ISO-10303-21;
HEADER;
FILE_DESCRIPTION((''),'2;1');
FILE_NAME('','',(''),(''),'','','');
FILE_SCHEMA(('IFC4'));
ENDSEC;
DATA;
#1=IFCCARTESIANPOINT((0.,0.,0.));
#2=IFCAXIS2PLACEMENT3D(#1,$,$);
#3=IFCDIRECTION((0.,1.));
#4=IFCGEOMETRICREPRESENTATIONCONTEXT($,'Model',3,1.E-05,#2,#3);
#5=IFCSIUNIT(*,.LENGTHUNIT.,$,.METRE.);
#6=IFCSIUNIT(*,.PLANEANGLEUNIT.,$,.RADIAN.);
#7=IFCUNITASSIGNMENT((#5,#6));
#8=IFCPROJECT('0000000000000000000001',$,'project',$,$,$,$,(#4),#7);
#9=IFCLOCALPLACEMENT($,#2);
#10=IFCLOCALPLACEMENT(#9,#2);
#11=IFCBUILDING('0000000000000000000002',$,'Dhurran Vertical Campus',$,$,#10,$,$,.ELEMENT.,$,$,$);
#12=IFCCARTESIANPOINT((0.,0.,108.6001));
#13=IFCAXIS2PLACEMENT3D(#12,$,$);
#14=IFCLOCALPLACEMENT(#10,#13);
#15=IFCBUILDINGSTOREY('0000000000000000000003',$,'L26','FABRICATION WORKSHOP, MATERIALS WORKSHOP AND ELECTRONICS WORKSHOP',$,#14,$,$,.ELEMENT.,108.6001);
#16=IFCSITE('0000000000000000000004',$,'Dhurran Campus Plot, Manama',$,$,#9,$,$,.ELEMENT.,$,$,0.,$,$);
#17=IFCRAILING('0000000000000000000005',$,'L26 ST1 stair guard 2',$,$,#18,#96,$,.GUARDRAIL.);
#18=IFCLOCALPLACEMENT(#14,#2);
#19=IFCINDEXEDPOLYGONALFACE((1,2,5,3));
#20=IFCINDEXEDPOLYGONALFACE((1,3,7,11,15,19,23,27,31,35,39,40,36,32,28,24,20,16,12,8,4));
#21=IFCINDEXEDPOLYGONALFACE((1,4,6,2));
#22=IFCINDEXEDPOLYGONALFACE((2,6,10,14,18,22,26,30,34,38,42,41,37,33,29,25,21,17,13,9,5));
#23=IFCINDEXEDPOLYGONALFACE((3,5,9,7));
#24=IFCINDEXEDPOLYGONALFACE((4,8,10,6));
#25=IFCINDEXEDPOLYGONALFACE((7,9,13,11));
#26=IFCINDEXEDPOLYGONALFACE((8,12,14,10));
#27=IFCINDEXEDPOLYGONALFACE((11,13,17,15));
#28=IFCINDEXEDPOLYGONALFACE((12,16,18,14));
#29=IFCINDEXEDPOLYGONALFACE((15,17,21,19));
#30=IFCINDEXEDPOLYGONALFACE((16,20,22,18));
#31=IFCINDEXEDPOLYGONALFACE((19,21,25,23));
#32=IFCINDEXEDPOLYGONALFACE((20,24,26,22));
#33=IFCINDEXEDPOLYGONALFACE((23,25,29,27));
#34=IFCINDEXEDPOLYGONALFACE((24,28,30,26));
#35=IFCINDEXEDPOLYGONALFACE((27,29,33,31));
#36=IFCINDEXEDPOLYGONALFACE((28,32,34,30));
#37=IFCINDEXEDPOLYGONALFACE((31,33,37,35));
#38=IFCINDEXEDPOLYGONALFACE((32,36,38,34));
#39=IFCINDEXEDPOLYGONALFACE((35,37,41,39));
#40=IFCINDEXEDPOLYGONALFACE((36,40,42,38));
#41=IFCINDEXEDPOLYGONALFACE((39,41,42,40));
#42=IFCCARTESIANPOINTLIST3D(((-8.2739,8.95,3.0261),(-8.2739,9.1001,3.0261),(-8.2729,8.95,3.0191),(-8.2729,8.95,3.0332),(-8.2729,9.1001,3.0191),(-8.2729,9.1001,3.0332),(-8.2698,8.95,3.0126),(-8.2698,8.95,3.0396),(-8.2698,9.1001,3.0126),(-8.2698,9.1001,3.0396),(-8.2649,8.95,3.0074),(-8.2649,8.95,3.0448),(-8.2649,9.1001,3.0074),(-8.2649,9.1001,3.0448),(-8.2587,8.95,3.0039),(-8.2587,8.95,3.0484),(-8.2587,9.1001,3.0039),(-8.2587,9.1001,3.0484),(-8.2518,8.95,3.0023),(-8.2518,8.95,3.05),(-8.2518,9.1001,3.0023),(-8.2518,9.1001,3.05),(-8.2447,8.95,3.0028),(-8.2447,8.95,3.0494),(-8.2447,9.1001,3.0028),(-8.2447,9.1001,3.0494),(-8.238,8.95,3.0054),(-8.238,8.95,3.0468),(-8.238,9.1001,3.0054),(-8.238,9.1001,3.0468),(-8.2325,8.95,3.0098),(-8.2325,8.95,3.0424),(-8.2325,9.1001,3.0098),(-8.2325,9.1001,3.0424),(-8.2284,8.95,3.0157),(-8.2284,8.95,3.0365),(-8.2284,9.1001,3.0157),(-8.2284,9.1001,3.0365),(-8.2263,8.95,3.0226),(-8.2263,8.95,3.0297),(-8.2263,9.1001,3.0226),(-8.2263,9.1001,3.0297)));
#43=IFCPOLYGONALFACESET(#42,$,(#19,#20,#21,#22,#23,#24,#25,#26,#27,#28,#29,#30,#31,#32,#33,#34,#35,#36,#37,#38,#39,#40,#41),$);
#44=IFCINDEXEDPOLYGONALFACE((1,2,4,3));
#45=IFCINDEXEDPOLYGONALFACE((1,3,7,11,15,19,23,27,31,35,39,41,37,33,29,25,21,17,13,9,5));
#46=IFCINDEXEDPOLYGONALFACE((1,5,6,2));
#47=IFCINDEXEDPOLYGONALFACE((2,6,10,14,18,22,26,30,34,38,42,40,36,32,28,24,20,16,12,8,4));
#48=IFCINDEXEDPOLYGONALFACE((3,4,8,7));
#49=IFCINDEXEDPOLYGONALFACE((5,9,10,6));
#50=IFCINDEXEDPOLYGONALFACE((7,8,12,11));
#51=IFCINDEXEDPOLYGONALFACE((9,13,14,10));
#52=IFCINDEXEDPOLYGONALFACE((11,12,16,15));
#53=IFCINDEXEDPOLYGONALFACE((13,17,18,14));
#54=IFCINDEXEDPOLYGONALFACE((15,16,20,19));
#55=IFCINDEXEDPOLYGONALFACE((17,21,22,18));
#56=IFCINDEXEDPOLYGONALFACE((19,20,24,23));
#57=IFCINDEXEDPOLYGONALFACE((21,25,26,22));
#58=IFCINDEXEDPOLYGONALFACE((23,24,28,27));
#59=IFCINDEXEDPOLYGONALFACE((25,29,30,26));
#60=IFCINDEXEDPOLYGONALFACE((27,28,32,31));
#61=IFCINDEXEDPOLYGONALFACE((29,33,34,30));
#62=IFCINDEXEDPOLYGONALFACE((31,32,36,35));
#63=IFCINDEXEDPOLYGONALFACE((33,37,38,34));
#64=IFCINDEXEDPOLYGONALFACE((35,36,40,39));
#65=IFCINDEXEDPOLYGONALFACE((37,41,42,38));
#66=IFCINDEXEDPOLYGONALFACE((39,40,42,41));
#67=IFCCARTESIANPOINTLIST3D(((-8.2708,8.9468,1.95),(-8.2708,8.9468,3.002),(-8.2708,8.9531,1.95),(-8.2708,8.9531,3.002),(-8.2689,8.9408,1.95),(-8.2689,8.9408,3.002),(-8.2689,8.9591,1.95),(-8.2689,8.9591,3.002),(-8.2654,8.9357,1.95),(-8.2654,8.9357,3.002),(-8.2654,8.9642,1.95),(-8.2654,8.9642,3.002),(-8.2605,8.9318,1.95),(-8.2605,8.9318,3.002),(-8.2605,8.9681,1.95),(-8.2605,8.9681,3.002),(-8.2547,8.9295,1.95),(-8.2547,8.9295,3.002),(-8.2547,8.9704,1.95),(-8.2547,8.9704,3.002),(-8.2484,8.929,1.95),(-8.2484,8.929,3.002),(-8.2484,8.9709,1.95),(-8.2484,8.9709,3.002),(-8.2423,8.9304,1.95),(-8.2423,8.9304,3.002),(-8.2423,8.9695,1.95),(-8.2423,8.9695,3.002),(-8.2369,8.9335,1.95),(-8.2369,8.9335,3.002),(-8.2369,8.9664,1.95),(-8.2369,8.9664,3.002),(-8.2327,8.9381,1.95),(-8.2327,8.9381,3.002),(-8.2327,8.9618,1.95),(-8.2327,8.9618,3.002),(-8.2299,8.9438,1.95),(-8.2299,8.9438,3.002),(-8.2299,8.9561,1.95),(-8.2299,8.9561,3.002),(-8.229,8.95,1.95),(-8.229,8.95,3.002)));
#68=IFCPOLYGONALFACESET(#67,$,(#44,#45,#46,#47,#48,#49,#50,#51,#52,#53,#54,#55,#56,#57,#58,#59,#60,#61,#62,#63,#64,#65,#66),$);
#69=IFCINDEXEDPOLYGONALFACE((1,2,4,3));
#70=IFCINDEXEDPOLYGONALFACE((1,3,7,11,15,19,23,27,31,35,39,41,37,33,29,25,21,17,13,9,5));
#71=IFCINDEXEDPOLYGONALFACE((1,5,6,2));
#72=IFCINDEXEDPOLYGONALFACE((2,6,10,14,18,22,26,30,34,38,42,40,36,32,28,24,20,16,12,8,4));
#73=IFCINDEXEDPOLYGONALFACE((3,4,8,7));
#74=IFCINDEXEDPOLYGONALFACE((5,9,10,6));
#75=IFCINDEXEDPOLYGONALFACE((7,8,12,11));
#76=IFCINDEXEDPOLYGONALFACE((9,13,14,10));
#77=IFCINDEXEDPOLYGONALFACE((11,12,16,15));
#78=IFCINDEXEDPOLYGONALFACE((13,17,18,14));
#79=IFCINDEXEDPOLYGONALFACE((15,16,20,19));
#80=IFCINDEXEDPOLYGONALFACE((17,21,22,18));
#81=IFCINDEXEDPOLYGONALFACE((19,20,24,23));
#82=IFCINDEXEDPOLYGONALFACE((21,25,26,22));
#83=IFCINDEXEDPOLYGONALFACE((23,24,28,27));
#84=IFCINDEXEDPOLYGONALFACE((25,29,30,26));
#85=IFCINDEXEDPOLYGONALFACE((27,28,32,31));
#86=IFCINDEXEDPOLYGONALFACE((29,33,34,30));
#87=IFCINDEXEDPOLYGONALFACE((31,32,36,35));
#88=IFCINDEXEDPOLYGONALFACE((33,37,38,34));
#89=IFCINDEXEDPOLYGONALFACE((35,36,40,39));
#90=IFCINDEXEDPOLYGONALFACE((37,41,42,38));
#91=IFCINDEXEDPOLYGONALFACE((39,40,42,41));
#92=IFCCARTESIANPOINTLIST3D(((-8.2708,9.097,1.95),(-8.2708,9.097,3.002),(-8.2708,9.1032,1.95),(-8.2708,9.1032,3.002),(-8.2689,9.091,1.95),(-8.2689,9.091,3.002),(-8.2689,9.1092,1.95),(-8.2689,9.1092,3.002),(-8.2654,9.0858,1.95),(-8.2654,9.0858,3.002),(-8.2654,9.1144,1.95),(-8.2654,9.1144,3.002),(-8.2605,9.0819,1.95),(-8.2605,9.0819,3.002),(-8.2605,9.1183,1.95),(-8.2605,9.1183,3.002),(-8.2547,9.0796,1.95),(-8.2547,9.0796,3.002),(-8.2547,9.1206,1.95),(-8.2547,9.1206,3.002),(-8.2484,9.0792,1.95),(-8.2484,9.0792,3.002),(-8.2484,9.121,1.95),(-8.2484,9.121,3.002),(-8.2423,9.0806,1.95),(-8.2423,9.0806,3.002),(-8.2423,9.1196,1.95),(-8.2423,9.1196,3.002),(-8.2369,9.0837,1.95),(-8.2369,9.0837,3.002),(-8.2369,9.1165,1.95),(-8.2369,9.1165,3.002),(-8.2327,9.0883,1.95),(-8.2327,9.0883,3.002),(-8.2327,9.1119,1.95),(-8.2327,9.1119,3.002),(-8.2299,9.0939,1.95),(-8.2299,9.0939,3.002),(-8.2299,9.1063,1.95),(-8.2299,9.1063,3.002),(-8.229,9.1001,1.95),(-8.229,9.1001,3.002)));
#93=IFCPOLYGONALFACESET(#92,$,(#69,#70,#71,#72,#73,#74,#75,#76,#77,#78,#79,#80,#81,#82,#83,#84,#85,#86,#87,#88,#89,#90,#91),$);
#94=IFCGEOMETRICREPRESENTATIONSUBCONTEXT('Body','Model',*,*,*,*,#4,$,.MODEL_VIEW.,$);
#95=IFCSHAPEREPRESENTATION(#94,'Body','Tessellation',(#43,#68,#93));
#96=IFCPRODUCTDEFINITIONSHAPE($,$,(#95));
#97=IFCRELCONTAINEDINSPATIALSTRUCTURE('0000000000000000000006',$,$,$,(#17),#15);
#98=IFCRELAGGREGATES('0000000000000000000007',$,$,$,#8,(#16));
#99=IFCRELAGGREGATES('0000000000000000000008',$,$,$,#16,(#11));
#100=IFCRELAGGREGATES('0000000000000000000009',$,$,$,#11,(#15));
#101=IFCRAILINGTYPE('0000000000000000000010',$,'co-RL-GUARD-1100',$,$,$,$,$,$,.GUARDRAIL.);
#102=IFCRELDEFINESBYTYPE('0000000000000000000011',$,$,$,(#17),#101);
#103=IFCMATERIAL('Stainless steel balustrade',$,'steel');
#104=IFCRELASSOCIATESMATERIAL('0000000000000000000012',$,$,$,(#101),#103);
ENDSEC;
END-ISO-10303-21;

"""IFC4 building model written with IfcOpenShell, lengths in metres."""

from ifc_helpers import new_model, si_unit, direction, frame, origin, origin_2d, place, context, subcontext, project, spatial, circle, extrude, material, type_object, element, save


model = new_model("IFC4")

# Units and contexts
model_context = context("Model", 3, precision=1e-05, world=origin(), true_north=direction((0.0, 1.0)))
body_context = subcontext(model_context, "Body", "Model", "MODEL_VIEW")
ifc_project = project(units=[si_unit("LENGTHUNIT", "METRE"), si_unit("PLANEANGLEUNIT", "RADIAN")], contexts=[model_context])

# Site, building, storey
site_placement = place(None, origin())
site = spatial("IfcSite", under=ifc_project, at=site_placement, Name="Dhurran Campus Plot, Manama", CompositionType="ELEMENT", RefElevation=0.0)
building_placement = place(site_placement, origin())
building = spatial("IfcBuilding", under=site, at=building_placement, Name="Dhurran Vertical Campus", CompositionType="ELEMENT")
storey_placement = place(building_placement, frame((0.0, 0.0, 108.6001)))
storey = spatial("IfcBuildingStorey", under=building, at=storey_placement, Name="L26", Description="FABRICATION WORKSHOP, MATERIALS WORKSHOP AND ELECTRONICS WORKSHOP", CompositionType="ELEMENT", Elevation=108.6001)

# Railing
ifc_material_1 = material(Name="Stainless steel balustrade", Category="steel")
railing_type_1 = type_object("IfcRailingType", Name="co-RL-GUARD-1100", PredefinedType="GUARDRAIL", material=ifc_material_1)
railing_1_placement = place(storey_placement, frame((-8.25, 8.95, 1.95)))
element("IfcRailing", 1, at=railing_1_placement, inside=storey, type_object=railing_type_1, Name="L26 ST1 stair guard 2", PredefinedType="GUARDRAIL", context=body_context, shape_type="SweptSolid", body=[
    extrude(circle(Radius=0.0239, at=origin_2d()), frame((0.0, 0.0, 1.0762), z_axis=(0.0, 1.0, 0.0), x_axis=(-1.0, 0.0, 0.0)), (0.0, 0.0, 1.0), 0.1501),
    extrude(circle(Radius=0.021, at=origin_2d()), origin(), (0.0, 0.0, 1.0), 1.052),
    extrude(circle(Radius=0.021, at=origin_2d()), frame((0.0, 0.1501, 0.0)), (0.0, 0.0, 1.0), 1.052),
])

save(model, "model.ifc")
